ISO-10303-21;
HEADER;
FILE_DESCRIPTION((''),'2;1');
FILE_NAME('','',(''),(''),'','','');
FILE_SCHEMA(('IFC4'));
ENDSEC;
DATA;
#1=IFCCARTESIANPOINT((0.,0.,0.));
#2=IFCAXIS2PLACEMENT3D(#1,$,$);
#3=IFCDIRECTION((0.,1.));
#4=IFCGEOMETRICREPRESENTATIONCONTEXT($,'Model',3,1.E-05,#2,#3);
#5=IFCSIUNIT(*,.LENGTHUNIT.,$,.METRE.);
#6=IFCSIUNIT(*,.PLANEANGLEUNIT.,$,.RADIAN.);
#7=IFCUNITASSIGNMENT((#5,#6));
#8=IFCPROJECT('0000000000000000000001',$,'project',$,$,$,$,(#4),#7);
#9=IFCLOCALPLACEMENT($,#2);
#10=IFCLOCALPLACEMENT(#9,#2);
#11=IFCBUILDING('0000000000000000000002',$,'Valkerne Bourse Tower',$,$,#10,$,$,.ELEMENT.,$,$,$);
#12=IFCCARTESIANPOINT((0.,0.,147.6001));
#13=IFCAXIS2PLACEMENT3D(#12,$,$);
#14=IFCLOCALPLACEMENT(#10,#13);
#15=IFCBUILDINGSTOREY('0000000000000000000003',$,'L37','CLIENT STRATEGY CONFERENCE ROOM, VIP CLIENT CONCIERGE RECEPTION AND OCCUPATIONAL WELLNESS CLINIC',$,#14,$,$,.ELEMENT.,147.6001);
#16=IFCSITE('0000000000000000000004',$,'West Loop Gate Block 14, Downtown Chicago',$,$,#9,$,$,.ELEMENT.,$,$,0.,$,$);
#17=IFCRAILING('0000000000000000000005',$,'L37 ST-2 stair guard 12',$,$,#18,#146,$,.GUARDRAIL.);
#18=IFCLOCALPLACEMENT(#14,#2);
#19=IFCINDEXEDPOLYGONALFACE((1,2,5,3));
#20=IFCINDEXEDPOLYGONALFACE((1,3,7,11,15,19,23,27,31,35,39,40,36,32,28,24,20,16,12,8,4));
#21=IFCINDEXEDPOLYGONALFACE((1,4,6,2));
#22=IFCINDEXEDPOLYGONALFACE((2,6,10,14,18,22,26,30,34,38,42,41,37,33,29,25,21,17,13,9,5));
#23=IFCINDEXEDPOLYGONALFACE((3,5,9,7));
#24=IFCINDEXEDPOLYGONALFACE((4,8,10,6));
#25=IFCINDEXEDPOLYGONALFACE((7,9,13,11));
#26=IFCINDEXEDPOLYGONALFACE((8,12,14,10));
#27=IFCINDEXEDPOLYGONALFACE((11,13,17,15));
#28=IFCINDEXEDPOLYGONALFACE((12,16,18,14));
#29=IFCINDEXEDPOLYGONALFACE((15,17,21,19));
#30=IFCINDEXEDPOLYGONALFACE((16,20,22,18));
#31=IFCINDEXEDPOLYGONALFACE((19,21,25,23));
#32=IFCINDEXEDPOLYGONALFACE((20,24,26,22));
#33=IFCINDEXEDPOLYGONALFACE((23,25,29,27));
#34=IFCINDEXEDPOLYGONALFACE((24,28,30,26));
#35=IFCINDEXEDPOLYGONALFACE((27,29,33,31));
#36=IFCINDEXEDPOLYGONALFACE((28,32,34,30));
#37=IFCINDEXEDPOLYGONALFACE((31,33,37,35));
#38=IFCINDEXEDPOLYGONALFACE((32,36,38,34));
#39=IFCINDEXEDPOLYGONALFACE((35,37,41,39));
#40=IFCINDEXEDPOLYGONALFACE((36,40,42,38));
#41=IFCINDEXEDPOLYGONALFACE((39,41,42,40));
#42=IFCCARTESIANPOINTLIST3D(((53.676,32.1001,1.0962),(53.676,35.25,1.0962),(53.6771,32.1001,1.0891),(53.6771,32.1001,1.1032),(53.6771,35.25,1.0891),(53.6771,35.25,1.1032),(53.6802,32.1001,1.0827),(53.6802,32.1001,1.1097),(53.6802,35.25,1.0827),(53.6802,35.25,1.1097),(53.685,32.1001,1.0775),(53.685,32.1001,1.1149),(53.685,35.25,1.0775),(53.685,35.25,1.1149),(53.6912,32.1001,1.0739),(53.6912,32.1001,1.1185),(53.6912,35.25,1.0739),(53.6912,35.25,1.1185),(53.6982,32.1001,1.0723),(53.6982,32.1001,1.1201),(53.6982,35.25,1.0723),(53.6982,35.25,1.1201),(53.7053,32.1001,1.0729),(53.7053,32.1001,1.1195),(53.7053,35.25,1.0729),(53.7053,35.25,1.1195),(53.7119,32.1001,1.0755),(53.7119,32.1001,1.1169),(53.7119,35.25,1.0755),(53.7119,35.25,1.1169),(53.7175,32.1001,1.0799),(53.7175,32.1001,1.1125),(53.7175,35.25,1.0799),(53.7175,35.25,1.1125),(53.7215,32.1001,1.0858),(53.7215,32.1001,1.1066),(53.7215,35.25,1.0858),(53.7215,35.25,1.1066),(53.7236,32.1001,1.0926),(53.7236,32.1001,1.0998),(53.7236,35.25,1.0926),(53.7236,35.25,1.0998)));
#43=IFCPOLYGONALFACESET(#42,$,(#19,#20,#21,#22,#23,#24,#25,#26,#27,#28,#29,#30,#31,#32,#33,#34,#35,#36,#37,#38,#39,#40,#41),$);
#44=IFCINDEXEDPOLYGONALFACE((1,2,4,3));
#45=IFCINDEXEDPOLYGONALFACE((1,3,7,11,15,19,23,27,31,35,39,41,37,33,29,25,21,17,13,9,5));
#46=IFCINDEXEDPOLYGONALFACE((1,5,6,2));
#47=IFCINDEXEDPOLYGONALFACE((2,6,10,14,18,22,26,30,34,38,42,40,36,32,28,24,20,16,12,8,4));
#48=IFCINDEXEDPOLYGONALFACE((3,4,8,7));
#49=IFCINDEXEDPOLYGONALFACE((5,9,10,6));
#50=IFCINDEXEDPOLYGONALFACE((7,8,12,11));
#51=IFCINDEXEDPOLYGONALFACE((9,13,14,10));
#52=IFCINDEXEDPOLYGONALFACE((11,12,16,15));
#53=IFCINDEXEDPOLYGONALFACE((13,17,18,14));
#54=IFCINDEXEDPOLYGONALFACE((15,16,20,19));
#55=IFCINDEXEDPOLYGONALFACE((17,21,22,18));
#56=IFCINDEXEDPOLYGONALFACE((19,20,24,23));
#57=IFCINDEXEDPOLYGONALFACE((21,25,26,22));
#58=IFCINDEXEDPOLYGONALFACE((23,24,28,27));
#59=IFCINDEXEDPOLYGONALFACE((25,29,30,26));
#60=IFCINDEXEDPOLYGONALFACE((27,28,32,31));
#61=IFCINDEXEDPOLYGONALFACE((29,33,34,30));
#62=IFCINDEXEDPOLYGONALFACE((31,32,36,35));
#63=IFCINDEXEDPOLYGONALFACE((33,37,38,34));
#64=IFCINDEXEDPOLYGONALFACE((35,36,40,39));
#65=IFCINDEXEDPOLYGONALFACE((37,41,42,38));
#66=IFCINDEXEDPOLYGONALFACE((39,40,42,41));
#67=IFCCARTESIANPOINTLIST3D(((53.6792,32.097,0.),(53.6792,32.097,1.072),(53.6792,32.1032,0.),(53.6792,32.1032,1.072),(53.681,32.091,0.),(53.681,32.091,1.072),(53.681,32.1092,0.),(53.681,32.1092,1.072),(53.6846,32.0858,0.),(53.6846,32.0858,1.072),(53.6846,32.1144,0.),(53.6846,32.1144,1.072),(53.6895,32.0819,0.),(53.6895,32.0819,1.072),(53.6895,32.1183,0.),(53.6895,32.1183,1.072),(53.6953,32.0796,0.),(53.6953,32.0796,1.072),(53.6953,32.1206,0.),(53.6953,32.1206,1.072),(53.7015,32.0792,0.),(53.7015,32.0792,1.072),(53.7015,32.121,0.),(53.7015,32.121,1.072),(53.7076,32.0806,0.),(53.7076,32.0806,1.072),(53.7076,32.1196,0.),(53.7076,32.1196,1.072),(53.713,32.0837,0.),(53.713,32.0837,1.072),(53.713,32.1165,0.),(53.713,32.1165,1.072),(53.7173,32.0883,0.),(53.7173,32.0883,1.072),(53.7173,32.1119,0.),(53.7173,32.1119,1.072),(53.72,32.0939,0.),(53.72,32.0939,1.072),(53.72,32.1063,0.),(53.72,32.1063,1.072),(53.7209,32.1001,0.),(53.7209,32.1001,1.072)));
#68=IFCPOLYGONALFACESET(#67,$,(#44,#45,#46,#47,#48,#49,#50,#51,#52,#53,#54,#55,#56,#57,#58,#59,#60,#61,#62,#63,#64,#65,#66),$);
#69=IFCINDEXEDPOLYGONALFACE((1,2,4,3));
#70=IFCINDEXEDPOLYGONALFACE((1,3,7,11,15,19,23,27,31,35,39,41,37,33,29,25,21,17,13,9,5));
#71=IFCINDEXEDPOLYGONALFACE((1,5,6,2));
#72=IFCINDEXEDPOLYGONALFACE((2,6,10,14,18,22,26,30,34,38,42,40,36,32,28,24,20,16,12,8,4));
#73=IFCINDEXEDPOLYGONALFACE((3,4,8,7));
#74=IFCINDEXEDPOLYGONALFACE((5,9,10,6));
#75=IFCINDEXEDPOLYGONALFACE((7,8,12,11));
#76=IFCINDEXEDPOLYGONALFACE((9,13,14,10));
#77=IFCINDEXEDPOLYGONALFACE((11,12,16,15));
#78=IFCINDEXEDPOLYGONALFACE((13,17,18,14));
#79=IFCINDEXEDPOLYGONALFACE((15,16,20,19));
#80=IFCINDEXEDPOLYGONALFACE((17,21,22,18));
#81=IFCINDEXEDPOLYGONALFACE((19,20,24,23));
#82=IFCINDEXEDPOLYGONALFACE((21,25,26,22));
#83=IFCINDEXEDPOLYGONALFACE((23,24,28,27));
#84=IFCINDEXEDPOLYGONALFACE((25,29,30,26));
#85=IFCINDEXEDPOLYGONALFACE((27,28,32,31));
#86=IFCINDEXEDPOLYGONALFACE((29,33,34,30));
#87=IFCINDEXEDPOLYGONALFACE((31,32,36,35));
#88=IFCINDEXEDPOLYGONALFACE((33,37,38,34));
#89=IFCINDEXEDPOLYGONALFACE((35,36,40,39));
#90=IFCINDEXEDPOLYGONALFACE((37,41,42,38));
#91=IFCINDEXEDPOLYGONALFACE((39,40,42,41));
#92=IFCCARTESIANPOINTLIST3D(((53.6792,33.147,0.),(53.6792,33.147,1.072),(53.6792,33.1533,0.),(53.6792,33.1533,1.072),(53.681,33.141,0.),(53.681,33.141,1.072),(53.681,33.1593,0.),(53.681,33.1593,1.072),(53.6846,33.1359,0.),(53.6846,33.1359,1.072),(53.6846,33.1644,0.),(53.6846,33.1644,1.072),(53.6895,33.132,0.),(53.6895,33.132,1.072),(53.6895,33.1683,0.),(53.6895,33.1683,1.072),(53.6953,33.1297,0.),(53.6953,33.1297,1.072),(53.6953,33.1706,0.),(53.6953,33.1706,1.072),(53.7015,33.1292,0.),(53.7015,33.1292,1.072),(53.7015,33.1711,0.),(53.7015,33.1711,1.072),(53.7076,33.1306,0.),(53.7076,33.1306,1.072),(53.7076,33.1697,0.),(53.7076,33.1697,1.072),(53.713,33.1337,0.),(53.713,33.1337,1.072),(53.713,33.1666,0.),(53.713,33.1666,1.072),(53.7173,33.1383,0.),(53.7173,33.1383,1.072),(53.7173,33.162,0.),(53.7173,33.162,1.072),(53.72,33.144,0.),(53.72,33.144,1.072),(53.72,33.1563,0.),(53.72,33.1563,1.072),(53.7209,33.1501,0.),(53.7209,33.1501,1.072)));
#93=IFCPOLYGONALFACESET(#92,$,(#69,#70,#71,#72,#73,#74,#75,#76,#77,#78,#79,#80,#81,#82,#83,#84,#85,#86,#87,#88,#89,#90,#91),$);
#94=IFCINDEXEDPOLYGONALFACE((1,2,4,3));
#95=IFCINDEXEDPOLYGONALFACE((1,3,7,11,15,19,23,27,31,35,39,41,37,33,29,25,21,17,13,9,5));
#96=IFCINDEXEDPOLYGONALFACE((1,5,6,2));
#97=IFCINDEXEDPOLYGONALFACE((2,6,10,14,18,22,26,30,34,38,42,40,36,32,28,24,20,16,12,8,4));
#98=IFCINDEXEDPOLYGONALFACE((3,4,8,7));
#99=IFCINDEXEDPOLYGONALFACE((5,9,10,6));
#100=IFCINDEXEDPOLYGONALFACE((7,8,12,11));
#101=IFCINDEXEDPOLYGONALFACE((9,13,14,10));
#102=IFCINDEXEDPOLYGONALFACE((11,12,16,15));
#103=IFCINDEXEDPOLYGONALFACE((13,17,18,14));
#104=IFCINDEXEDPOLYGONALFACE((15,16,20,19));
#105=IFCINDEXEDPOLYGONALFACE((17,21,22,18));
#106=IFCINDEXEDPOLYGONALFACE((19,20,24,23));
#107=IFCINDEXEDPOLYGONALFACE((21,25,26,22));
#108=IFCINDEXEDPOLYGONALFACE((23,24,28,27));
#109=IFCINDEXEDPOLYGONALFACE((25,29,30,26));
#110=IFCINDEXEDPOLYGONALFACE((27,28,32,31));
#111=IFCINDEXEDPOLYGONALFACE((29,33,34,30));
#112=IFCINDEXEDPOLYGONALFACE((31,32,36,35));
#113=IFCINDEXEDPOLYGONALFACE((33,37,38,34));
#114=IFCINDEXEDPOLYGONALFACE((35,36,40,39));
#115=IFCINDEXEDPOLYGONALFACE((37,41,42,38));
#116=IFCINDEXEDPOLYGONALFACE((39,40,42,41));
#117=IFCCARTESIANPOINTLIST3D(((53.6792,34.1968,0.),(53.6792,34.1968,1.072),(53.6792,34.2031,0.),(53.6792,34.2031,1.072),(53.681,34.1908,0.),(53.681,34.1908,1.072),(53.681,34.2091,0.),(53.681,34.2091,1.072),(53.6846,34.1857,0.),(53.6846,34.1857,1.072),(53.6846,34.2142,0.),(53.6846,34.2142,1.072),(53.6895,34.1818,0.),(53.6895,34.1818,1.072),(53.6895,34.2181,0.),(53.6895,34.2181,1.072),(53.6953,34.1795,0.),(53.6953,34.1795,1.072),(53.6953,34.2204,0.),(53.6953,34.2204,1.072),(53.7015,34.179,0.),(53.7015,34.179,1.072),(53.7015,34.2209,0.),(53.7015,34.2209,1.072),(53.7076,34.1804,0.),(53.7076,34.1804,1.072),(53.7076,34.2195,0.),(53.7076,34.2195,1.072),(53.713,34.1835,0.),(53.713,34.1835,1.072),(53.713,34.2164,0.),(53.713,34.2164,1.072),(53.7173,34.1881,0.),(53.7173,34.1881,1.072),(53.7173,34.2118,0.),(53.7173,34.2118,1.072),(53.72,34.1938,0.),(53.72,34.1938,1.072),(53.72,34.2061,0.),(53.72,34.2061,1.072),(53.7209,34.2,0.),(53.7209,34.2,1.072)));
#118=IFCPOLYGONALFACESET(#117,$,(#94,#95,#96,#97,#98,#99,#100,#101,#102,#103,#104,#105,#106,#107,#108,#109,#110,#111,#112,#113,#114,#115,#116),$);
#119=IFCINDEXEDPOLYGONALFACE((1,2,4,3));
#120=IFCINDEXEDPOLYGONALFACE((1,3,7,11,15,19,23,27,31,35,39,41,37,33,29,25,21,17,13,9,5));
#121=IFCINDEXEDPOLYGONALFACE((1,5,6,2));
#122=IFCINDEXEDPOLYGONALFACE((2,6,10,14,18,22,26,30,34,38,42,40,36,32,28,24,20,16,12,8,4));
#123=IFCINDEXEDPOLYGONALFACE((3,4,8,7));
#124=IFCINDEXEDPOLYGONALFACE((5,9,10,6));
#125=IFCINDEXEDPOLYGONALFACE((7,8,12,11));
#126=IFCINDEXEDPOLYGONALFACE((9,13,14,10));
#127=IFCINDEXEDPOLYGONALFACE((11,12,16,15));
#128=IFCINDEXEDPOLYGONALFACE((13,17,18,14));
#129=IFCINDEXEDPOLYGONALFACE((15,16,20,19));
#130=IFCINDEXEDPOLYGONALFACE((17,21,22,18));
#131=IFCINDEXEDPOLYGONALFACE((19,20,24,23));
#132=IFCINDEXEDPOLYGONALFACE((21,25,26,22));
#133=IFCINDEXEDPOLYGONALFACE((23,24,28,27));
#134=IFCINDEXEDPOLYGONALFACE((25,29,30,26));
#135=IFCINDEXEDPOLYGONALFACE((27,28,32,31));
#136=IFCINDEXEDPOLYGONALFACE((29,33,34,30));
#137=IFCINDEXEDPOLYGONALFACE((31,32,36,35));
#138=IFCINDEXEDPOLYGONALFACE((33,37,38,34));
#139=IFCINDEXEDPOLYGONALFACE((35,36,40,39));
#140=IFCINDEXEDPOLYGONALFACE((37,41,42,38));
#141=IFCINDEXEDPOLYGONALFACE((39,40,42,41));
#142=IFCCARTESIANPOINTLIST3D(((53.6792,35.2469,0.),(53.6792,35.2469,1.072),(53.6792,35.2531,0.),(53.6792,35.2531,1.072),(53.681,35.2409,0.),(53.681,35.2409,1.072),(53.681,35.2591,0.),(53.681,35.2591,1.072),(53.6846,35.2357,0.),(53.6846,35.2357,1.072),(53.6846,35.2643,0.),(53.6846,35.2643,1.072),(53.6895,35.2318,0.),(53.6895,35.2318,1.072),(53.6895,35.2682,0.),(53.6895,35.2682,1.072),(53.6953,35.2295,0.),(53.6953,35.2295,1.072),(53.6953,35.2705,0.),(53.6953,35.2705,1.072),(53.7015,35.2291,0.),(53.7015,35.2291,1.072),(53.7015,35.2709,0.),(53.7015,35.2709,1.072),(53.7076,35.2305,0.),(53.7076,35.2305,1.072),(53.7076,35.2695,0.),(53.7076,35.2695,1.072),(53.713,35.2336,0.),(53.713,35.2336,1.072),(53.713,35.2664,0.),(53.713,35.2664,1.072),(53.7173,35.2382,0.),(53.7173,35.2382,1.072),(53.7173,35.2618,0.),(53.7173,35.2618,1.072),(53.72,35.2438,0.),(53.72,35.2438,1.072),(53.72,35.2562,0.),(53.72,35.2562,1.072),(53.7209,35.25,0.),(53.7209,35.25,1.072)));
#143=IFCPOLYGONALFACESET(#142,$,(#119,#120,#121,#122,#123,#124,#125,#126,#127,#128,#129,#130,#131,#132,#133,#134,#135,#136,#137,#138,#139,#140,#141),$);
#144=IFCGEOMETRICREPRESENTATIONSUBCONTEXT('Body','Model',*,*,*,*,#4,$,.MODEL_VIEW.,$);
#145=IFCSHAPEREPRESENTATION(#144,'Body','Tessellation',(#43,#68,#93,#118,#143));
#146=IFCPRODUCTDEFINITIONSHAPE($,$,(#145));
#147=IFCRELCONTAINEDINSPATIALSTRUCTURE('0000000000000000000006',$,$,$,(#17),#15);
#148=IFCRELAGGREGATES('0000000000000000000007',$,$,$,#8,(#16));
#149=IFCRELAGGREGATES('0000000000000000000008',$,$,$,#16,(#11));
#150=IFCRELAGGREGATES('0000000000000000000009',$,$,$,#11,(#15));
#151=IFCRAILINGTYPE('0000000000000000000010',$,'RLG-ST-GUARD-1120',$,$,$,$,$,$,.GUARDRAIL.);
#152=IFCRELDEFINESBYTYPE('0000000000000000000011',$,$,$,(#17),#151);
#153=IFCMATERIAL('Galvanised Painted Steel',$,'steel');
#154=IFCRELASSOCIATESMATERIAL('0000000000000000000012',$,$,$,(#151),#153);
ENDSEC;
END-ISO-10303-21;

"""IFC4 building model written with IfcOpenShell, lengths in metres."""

from ifc_helpers import new_model, si_unit, direction, frame, origin, origin_2d, place, context, subcontext, project, spatial, circle, extrude, material, type_object, element, save


model = new_model("IFC4")

# Units and contexts
model_context = context("Model", 3, precision=1e-05, world=origin(), true_north=direction((0.0, 1.0)))
body_context = subcontext(model_context, "Body", "Model", "MODEL_VIEW")
ifc_project = project(units=[si_unit("LENGTHUNIT", "METRE"), si_unit("PLANEANGLEUNIT", "RADIAN")], contexts=[model_context])

# Site, building, storey
site_placement = place(None, origin())
site = spatial("IfcSite", under=ifc_project, at=site_placement, Name="West Loop Gate Block 14, Downtown Chicago", CompositionType="ELEMENT", RefElevation=0.0)
building_placement = place(site_placement, origin())
building = spatial("IfcBuilding", under=site, at=building_placement, Name="Valkerne Bourse Tower", CompositionType="ELEMENT")
storey_placement = place(building_placement, frame((0.0, 0.0, 147.6001)))
storey = spatial("IfcBuildingStorey", under=building, at=storey_placement, Name="L37", Description="CLIENT STRATEGY CONFERENCE ROOM, VIP CLIENT CONCIERGE RECEPTION AND OCCUPATIONAL WELLNESS CLINIC", CompositionType="ELEMENT", Elevation=147.6001)

# Railing
ifc_material_1 = material(Name="Galvanised Painted Steel", Category="steel")
railing_type = type_object("IfcRailingType", Name="RLG-ST-GUARD-1120", PredefinedType="GUARDRAIL", material=ifc_material_1)
railing_1_placement = place(storey_placement, frame((53.7, 32.1001, 0.0)))
element("IfcRailing", 1, at=railing_1_placement, inside=storey, type_object=railing_type, Name="L37 ST-2 stair guard 12", PredefinedType="GUARDRAIL", context=body_context, shape_type="SweptSolid", body=[
    extrude(circle(Radius=0.0239, at=origin_2d()), frame((0.0, 0.0, 1.0962), z_axis=(0.0, 1.0, 0.0), x_axis=(-1.0, 0.0, 0.0)), (0.0, 0.0, 1.0), 3.1499),
    extrude(circle(Radius=0.021, at=origin_2d()), origin(), (0.0, 0.0, 1.0), 1.072),
    extrude(circle(Radius=0.021, at=origin_2d()), frame((0.0, 1.05, 0.0)), (0.0, 0.0, 1.0), 1.072),
    extrude(circle(Radius=0.021, at=origin_2d()), frame((0.0, 2.0999, 0.0)), (0.0, 0.0, 1.0), 1.072),
    extrude(circle(Radius=0.021, at=origin_2d()), frame((0.0, 3.1499, 0.0)), (0.0, 0.0, 1.0), 1.072),
])

save(model, "model.ifc")
